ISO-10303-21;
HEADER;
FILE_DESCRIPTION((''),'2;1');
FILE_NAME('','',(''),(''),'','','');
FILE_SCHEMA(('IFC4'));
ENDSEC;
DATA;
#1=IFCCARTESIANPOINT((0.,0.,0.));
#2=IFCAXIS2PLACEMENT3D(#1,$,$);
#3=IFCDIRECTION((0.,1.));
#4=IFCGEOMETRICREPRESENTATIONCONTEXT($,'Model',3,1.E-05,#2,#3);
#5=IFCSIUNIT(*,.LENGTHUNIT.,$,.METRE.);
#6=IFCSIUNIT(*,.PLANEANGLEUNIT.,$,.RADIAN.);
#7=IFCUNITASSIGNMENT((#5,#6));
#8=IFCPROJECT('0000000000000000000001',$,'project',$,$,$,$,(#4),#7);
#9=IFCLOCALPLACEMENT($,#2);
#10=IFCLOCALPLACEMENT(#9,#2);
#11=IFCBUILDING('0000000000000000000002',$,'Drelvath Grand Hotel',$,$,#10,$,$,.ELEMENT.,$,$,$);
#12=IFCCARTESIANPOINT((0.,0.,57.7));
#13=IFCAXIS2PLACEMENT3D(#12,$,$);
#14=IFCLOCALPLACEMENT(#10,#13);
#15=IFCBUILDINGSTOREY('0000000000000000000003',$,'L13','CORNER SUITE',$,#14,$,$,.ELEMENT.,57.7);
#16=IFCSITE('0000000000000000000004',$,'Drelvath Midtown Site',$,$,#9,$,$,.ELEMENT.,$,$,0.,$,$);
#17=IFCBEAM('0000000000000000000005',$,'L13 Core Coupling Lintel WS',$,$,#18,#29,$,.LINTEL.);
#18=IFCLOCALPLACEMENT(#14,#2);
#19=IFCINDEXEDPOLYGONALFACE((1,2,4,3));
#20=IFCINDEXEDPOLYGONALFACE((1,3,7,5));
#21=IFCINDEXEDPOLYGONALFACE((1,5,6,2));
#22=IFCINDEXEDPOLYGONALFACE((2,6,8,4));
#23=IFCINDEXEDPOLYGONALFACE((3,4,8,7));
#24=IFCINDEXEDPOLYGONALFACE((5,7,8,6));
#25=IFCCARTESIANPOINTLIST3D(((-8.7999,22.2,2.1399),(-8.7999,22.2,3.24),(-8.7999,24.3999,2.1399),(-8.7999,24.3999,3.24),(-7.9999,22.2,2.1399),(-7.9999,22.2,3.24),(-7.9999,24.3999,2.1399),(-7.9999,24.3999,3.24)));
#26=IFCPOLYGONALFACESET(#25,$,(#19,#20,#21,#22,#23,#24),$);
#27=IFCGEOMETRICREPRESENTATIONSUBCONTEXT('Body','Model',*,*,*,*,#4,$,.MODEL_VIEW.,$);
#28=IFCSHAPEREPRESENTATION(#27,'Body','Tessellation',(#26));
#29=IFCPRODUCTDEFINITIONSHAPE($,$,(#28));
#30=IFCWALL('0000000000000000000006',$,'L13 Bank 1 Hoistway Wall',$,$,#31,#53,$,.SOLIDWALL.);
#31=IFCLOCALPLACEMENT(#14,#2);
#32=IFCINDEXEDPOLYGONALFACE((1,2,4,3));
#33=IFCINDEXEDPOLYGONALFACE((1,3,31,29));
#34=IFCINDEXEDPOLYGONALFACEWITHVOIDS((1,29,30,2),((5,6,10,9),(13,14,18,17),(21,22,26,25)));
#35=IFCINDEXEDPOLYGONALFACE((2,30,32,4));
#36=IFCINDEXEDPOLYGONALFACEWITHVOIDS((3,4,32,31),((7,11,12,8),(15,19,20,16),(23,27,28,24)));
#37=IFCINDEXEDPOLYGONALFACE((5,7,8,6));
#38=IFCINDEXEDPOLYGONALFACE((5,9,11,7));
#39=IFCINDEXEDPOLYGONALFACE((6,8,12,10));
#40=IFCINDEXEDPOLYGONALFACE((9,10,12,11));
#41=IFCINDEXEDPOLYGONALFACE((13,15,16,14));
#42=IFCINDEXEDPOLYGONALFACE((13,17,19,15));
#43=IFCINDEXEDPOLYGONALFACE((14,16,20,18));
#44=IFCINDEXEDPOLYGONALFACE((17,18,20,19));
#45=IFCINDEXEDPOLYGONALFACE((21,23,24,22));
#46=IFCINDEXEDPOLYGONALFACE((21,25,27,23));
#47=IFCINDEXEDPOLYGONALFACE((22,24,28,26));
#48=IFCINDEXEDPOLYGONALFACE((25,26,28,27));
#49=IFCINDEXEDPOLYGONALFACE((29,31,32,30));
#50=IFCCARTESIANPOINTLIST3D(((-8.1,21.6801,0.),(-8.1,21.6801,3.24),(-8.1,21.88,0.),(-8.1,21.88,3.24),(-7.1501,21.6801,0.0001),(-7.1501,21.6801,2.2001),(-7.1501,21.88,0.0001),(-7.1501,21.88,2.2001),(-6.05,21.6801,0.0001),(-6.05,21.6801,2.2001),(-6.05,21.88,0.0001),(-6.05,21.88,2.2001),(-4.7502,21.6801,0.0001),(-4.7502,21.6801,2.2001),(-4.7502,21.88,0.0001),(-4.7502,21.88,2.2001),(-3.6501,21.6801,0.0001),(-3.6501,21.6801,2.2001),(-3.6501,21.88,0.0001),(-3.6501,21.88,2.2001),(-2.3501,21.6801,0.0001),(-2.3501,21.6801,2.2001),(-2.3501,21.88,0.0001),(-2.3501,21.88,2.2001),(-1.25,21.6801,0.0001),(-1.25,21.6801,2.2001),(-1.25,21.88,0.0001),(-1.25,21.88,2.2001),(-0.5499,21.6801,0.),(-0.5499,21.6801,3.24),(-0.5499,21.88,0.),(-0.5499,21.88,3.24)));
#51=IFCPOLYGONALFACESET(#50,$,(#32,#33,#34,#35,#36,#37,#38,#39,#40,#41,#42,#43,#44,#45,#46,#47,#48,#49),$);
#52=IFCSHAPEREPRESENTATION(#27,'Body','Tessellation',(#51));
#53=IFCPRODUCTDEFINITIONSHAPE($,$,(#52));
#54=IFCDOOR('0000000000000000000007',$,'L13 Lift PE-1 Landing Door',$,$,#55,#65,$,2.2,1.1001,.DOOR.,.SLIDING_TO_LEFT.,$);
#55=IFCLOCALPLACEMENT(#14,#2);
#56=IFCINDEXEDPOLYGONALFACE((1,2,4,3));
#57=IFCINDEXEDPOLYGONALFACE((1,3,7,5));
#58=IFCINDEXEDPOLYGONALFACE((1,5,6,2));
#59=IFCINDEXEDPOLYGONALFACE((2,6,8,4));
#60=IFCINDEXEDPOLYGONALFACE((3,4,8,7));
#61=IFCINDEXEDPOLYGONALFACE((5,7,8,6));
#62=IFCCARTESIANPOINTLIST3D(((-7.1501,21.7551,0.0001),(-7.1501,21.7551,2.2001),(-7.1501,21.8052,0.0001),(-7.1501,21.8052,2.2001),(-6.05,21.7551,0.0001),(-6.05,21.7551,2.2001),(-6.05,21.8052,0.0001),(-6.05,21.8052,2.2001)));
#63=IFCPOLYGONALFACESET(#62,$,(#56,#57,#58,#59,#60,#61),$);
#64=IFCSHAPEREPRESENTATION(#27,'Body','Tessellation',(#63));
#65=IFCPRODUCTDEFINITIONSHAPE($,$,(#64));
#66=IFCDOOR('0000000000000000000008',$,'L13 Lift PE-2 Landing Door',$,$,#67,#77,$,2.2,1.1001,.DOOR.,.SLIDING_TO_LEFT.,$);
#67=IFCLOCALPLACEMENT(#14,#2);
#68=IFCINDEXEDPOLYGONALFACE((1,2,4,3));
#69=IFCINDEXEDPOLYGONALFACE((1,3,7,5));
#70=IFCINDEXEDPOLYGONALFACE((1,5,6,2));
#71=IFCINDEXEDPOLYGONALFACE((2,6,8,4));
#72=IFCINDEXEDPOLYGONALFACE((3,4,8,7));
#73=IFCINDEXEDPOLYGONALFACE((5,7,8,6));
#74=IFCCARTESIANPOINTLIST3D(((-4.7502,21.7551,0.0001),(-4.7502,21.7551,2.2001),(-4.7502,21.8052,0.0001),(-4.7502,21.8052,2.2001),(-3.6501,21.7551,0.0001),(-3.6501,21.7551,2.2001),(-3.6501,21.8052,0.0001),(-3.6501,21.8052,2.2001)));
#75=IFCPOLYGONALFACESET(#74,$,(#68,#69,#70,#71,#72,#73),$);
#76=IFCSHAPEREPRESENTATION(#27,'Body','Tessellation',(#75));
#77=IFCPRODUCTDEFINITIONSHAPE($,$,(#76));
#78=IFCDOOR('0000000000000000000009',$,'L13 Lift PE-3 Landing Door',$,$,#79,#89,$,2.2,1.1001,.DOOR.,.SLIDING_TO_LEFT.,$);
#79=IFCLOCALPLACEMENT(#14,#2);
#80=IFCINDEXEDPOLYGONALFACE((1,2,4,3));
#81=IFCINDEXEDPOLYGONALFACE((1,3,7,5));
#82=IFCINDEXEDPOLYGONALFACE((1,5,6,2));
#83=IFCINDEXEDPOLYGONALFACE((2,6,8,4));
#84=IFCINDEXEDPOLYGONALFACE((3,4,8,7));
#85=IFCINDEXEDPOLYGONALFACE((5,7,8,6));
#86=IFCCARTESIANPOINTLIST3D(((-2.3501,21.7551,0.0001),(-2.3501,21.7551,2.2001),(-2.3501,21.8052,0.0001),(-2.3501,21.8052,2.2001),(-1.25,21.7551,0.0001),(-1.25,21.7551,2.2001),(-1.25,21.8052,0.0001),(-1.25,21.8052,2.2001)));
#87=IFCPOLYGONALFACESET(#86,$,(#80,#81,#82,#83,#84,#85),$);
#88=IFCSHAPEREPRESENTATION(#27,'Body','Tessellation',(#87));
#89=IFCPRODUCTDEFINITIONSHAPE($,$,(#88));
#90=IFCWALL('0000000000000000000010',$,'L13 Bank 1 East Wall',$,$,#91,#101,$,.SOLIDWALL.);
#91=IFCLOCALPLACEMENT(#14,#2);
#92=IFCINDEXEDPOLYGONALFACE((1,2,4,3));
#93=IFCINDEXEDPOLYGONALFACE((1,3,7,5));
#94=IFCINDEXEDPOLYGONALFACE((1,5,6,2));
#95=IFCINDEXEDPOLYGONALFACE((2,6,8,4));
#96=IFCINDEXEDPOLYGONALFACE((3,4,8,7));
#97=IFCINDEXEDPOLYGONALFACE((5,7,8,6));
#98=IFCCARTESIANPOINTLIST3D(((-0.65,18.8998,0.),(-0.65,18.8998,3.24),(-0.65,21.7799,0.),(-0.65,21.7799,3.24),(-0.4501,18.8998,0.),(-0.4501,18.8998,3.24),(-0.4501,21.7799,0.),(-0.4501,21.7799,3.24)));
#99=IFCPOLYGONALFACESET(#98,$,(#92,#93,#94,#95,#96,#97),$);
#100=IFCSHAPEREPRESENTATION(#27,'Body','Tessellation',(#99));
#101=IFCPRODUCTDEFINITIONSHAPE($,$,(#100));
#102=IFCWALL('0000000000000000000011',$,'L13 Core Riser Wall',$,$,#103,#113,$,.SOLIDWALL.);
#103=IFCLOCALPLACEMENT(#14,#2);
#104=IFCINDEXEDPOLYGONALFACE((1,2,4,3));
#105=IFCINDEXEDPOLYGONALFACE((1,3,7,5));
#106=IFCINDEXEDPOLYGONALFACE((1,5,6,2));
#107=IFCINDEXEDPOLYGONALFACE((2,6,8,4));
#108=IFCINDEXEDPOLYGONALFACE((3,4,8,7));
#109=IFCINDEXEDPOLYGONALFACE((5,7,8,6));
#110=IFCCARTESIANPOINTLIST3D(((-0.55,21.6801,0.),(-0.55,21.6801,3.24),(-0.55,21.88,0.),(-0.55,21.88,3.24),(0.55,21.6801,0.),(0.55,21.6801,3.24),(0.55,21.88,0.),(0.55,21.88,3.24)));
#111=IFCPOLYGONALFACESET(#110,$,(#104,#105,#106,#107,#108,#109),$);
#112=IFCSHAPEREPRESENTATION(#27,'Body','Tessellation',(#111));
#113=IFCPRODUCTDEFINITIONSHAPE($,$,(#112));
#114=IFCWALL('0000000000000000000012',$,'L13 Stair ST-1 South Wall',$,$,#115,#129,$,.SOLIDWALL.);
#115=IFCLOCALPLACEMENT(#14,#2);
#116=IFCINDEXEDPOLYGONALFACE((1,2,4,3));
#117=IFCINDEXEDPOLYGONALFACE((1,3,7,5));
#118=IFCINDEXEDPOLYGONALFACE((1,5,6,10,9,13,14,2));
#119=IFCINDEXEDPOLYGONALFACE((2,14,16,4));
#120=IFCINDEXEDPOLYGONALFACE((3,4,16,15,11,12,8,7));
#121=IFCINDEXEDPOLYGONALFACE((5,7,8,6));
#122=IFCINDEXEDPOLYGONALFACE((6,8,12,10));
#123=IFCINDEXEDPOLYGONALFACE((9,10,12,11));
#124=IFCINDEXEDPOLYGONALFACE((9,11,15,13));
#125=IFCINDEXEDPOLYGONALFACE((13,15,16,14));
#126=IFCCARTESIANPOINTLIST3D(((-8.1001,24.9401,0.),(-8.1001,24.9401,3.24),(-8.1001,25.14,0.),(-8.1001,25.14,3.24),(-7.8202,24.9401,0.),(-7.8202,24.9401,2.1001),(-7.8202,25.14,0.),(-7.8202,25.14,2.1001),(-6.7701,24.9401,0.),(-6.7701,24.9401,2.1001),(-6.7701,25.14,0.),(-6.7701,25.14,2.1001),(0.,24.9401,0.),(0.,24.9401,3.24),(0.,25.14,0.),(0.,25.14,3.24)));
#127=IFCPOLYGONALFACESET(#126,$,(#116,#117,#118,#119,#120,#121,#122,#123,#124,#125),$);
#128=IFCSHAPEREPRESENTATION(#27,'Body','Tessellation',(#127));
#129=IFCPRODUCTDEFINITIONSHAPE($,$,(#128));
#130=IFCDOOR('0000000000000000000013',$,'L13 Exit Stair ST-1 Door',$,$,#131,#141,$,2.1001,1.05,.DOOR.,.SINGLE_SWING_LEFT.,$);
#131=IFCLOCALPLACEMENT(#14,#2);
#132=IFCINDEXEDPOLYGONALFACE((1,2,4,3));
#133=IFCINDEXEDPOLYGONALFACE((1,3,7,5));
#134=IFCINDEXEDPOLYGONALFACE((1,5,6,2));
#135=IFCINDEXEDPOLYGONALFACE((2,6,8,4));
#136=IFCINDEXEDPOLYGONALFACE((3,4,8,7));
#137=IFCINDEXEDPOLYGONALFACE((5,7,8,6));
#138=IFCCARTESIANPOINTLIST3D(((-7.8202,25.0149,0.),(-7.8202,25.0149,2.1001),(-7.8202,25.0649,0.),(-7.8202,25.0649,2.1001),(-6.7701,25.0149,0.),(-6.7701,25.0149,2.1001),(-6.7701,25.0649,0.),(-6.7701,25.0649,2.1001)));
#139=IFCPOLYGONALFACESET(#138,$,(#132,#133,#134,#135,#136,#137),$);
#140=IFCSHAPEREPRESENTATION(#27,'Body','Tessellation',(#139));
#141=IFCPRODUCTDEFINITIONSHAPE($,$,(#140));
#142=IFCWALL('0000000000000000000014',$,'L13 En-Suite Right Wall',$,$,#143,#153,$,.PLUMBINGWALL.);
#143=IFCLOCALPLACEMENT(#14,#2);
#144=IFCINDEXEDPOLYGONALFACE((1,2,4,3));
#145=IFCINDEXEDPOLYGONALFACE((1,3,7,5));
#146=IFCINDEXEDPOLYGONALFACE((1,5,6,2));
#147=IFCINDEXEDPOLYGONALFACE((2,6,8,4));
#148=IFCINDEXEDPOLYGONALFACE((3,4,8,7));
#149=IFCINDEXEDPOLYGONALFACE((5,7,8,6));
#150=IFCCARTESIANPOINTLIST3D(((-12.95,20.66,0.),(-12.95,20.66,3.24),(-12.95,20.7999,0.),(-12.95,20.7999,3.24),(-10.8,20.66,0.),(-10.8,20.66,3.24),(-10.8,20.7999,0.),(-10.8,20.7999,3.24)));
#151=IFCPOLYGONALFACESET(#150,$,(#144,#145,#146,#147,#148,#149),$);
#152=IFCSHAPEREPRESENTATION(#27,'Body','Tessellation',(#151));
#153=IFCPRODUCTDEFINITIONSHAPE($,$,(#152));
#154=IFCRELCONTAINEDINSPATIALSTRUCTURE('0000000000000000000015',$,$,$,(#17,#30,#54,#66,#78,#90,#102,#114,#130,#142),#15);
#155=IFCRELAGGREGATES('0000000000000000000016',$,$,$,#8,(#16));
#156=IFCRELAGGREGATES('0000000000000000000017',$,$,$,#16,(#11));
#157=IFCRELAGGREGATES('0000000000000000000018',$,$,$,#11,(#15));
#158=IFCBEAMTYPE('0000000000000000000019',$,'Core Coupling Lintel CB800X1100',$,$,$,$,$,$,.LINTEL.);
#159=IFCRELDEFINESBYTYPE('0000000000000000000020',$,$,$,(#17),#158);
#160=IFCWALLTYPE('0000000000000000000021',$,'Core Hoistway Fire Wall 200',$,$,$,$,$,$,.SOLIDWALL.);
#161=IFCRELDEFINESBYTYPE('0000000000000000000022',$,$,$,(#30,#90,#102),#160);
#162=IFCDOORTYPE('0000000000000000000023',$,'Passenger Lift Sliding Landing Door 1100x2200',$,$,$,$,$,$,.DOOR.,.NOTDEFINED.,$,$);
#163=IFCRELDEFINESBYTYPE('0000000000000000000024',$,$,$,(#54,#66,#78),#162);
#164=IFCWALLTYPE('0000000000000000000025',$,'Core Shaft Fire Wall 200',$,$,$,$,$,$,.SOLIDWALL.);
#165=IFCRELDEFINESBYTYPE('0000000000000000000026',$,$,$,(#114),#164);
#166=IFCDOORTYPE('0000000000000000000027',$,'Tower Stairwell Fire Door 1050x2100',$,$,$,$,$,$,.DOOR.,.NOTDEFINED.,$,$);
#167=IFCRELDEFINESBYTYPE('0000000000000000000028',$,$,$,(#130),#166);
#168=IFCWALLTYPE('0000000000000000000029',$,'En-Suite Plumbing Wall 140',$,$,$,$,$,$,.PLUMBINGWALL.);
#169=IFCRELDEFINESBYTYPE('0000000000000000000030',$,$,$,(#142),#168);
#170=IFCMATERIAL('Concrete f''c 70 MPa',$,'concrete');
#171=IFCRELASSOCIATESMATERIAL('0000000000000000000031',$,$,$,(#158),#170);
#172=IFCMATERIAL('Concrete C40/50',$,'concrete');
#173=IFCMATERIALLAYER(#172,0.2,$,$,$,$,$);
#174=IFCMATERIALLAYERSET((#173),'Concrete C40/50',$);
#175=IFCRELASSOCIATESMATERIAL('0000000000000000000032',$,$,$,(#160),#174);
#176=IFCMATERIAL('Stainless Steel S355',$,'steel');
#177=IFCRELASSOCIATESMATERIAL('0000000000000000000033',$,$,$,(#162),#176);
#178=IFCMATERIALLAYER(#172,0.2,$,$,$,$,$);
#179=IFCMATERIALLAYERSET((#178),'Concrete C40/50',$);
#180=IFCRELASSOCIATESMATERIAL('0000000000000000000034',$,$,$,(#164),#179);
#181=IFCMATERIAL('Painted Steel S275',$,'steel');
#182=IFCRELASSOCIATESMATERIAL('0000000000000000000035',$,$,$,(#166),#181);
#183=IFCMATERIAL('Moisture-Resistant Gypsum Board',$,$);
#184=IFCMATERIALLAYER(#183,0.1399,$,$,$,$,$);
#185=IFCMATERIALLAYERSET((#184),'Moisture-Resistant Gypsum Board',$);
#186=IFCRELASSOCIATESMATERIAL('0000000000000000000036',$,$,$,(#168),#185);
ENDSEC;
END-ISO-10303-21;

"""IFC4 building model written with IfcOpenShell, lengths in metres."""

from ifc_helpers import new_model, si_unit, direction, frame, frame_2d, origin, origin_2d, place, context, subcontext, project, spatial, rectangle, extrude, material, layer, layer_set, material_profile, profile_set, type_object, element, fill, save


model = new_model("IFC4")

# Units and contexts
model_context = context("Model", 3, precision=1e-05, world=origin(), true_north=direction((0.0, 1.0)))
body_context = subcontext(model_context, "Body", "Model", "MODEL_VIEW")
ifc_project = project(units=[si_unit("LENGTHUNIT", "METRE"), si_unit("PLANEANGLEUNIT", "RADIAN")], contexts=[model_context])

# Site, building, storey
site_placement = place(None, origin())
site = spatial("IfcSite", under=ifc_project, at=site_placement, Name="Drelvath Midtown Site", CompositionType="ELEMENT", RefElevation=0.0)
building_placement = place(site_placement, origin())
building = spatial("IfcBuilding", under=site, at=building_placement, Name="Drelvath Grand Hotel", CompositionType="ELEMENT")
storey_placement = place(building_placement, frame((0.0, 0.0, 57.7)))
storey = spatial("IfcBuildingStorey", under=building, at=storey_placement, Name="L13", Description="CORNER SUITE", CompositionType="ELEMENT", Elevation=57.7)

# Beam
ifc_material_1 = material(Name="Concrete f'c 70 MPa", Category="concrete")
ifc_material_profile = material_profile(ifc_material_1, rectangle(XDim=0.8, YDim=1.1001, at=origin_2d()), Name="CB800X1100")
ifc_profile_set = profile_set([ifc_material_profile], Name="Concrete f'c 70 MPa")
beam_type = type_object("IfcBeamType", Name="Core Coupling Lintel CB800X1100", PredefinedType="LINTEL", material=ifc_profile_set)
beam_placement = place(storey_placement, frame((-8.3999, 22.2, 2.6899), z_axis=(0.0, 1.0, 0.0), x_axis=(-1.0, 0.0, 0.0)))
element("IfcBeam", 1, at=beam_placement, inside=storey, type_object=beam_type, Name="L13 Core Coupling Lintel WS", PredefinedType="LINTEL", context=body_context, shape_type="SweptSolid", body=[
    extrude(rectangle(XDim=0.8, YDim=1.1001, at=origin_2d()), origin(), (0.0, 0.0, 1.0), 2.2),
])

# Wall, openings, doors
ifc_material_2 = material(Name="Concrete C40/50", Category="concrete")
ifc_layer_1 = layer(ifc_material_2, 0.2)
ifc_layer_set_1 = layer_set([ifc_layer_1], Name="Concrete C40/50")
wall_type_1 = type_object("IfcWallType", Name="Core Hoistway Fire Wall 200", PredefinedType="SOLIDWALL", material=ifc_layer_set_1)
wall_1_placement = place(storey_placement, frame((-0.55, 21.78, 0.0), z_axis=(0.0, 0.0, 1.0), x_axis=(-1.0, 0.0, 0.0)))
wall_1 = element("IfcWall", 2, at=wall_1_placement, inside=storey, type_object=wall_type_1, Name="L13 Bank 1 Hoistway Wall", PredefinedType="SOLIDWALL", context=body_context, shape_type="SweptSolid", body=[
    extrude(rectangle(XDim=7.55, YDim=0.2, at=frame_2d((3.7749, 0.0))), origin(), (0.0, 0.0, 1.0), 3.24),
])
opening_1_placement = place(wall_1_placement, frame((5.5, 0.0, 0.0)))
opening_1 = element("IfcOpeningElement", 3, at=opening_1_placement, cuts=wall_1, PredefinedType="OPENING", context=body_context, shape_type="SweptSolid", body=[
    extrude(rectangle(XDim=1.1001, YDim=2.2, at=frame_2d((0.55, 1.1001))), frame((0.0, 0.1099, 0.0), z_axis=(0.0, -1.0, 0.0), x_axis=(1.0, 0.0, 0.0)), (0.0, 0.0, 1.0), 0.22),
])
opening_2_placement = place(wall_1_placement, frame((3.1001, 0.0, 0.0)))
opening_2 = element("IfcOpeningElement", 4, at=opening_2_placement, cuts=wall_1, PredefinedType="OPENING", context=body_context, shape_type="SweptSolid", body=[
    extrude(rectangle(XDim=1.1001, YDim=2.2, at=frame_2d((0.55, 1.1001))), frame((0.0, 0.1099, 0.0), z_axis=(0.0, -1.0, 0.0), x_axis=(1.0, 0.0, 0.0)), (0.0, 0.0, 1.0), 0.22),
])
opening_3_placement = place(wall_1_placement, frame((0.7, 0.0, 0.0)))
opening_3 = element("IfcOpeningElement", 5, at=opening_3_placement, cuts=wall_1, PredefinedType="OPENING", context=body_context, shape_type="SweptSolid", body=[
    extrude(rectangle(XDim=1.1001, YDim=2.2, at=frame_2d((0.55, 1.1001))), frame((0.0, 0.1099, 0.0), z_axis=(0.0, -1.0, 0.0), x_axis=(1.0, 0.0, 0.0)), (0.0, 0.0, 1.0), 0.22),
])
ifc_material_3 = material(Name="Stainless Steel S355", Category="steel")
door_type_1 = type_object("IfcDoorType", Name="Passenger Lift Sliding Landing Door 1100x2200", OperationType="NOTDEFINED", PredefinedType="DOOR", material=ifc_material_3)
door_1_placement = place(opening_1_placement, origin())
door_1 = element("IfcDoor", 6, at=door_1_placement, inside=storey, type_object=door_type_1, Name="L13 Lift PE-1 Landing Door", OperationType="SLIDING_TO_LEFT", OverallHeight=2.2, OverallWidth=1.1001, PredefinedType="DOOR", context=body_context, shape_type="SweptSolid", body=[
    extrude(rectangle(XDim=1.1001, YDim=2.2, at=frame_2d((0.55, 1.1001))), frame((0.0, 0.0249, 0.0), z_axis=(0.0, -1.0, 0.0), x_axis=(1.0, 0.0, 0.0)), (0.0, 0.0, 1.0), 0.05),
])
fill(opening_1, door_1)
door_2_placement = place(opening_2_placement, origin())
door_2 = element("IfcDoor", 7, at=door_2_placement, inside=storey, type_object=door_type_1, Name="L13 Lift PE-2 Landing Door", OperationType="SLIDING_TO_LEFT", OverallHeight=2.2, OverallWidth=1.1001, PredefinedType="DOOR", context=body_context, shape_type="SweptSolid", body=[
    extrude(rectangle(XDim=1.1001, YDim=2.2, at=frame_2d((0.55, 1.1001))), frame((0.0, 0.0249, 0.0), z_axis=(0.0, -1.0, 0.0), x_axis=(1.0, 0.0, 0.0)), (0.0, 0.0, 1.0), 0.05),
])
fill(opening_2, door_2)
door_3_placement = place(opening_3_placement, origin())
door_3 = element("IfcDoor", 8, at=door_3_placement, inside=storey, type_object=door_type_1, Name="L13 Lift PE-3 Landing Door", OperationType="SLIDING_TO_LEFT", OverallHeight=2.2, OverallWidth=1.1001, PredefinedType="DOOR", context=body_context, shape_type="SweptSolid", body=[
    extrude(rectangle(XDim=1.1001, YDim=2.2, at=frame_2d((0.55, 1.1001))), frame((0.0, 0.0249, 0.0), z_axis=(0.0, -1.0, 0.0), x_axis=(1.0, 0.0, 0.0)), (0.0, 0.0, 1.0), 0.05),
])
fill(opening_3, door_3)

# Walls
wall_2_placement = place(storey_placement, frame((-0.55, 18.8999, 0.0), z_axis=(0.0, 0.0, 1.0), x_axis=(0.0, 1.0, 0.0)))
element("IfcWall", 9, at=wall_2_placement, inside=storey, type_object=wall_type_1, Name="L13 Bank 1 East Wall", PredefinedType="SOLIDWALL", context=body_context, shape_type="SweptSolid", body=[
    extrude(rectangle(XDim=2.8801, YDim=0.2, at=frame_2d((1.4399, 0.0))), origin(), (0.0, 0.0, 1.0), 3.24),
])
wall_3_placement = place(storey_placement, frame((-0.55, 21.78, 0.0), z_axis=(0.0, 0.0, 1.0), x_axis=(1.0, 0.0, 0.0)))
element("IfcWall", 10, at=wall_3_placement, inside=storey, type_object=wall_type_1, Name="L13 Core Riser Wall", PredefinedType="SOLIDWALL", context=body_context, shape_type="SweptSolid", body=[
    extrude(rectangle(XDim=1.1001, YDim=0.2, at=frame_2d((0.55, 0.0))), origin(), (0.0, 0.0, 1.0), 3.24),
])

# Wall, opening, door
ifc_layer_2 = layer(ifc_material_2, 0.2)
ifc_layer_set_2 = layer_set([ifc_layer_2], Name="Concrete C40/50")
wall_type_2 = type_object("IfcWallType", Name="Core Shaft Fire Wall 200", PredefinedType="SOLIDWALL", material=ifc_layer_set_2)
wall_4_placement = place(storey_placement, frame((-8.1001, 25.04, 0.0), z_axis=(0.0, 0.0, 1.0), x_axis=(1.0, 0.0, 0.0)))
wall_4 = element("IfcWall", 11, at=wall_4_placement, inside=storey, type_object=wall_type_2, Name="L13 Stair ST-1 South Wall", PredefinedType="SOLIDWALL", context=body_context, shape_type="SweptSolid", body=[
    extrude(rectangle(XDim=8.1001, YDim=0.2, at=frame_2d((4.05, 0.0))), origin(), (0.0, 0.0, 1.0), 3.24),
])
opening_4_placement = place(wall_4_placement, frame((0.28, 0.0, 0.0)))
opening_4 = element("IfcOpeningElement", 12, at=opening_4_placement, cuts=wall_4, PredefinedType="OPENING", context=body_context, shape_type="SweptSolid", body=[
    extrude(rectangle(XDim=1.05, YDim=2.1001, at=frame_2d((0.5249, 1.05))), frame((0.0, 0.1099, 0.0), z_axis=(0.0, -1.0, 0.0), x_axis=(1.0, 0.0, 0.0)), (0.0, 0.0, 1.0), 0.22),
])
ifc_material_4 = material(Name="Painted Steel S275", Category="steel")
door_type_2 = type_object("IfcDoorType", Name="Tower Stairwell Fire Door 1050x2100", OperationType="NOTDEFINED", PredefinedType="DOOR", material=ifc_material_4)
door_4_placement = place(opening_4_placement, origin())
door_4 = element("IfcDoor", 13, at=door_4_placement, inside=storey, type_object=door_type_2, Name="L13 Exit Stair ST-1 Door", OperationType="SINGLE_SWING_LEFT", OverallHeight=2.1001, OverallWidth=1.05, PredefinedType="DOOR", context=body_context, shape_type="SweptSolid", body=[
    extrude(rectangle(XDim=1.05, YDim=2.1001, at=frame_2d((0.5249, 1.05))), frame((0.0, 0.0249, 0.0), z_axis=(0.0, -1.0, 0.0), x_axis=(1.0, 0.0, 0.0)), (0.0, 0.0, 1.0), 0.05),
])
fill(opening_4, door_4)

# Wall
ifc_material_5 = material(Name="Moisture-Resistant Gypsum Board")
ifc_layer_3 = layer(ifc_material_5, 0.1399)
ifc_layer_set_3 = layer_set([ifc_layer_3], Name="Moisture-Resistant Gypsum Board")
wall_type_3 = type_object("IfcWallType", Name="En-Suite Plumbing Wall 140", PredefinedType="PLUMBINGWALL", material=ifc_layer_set_3)
wall_5_placement = place(storey_placement, frame((-10.8, 20.73, 0.0), z_axis=(0.0, 0.0, 1.0), x_axis=(-1.0, 0.0, 0.0)))
element("IfcWall", 14, at=wall_5_placement, inside=storey, type_object=wall_type_3, Name="L13 En-Suite Right Wall", PredefinedType="PLUMBINGWALL", context=body_context, shape_type="SweptSolid", body=[
    extrude(rectangle(XDim=2.1499, YDim=0.1399, at=frame_2d((1.075, 0.0))), origin(), (0.0, 0.0, 1.0), 3.24),
])

save(model, "model.ifc")
